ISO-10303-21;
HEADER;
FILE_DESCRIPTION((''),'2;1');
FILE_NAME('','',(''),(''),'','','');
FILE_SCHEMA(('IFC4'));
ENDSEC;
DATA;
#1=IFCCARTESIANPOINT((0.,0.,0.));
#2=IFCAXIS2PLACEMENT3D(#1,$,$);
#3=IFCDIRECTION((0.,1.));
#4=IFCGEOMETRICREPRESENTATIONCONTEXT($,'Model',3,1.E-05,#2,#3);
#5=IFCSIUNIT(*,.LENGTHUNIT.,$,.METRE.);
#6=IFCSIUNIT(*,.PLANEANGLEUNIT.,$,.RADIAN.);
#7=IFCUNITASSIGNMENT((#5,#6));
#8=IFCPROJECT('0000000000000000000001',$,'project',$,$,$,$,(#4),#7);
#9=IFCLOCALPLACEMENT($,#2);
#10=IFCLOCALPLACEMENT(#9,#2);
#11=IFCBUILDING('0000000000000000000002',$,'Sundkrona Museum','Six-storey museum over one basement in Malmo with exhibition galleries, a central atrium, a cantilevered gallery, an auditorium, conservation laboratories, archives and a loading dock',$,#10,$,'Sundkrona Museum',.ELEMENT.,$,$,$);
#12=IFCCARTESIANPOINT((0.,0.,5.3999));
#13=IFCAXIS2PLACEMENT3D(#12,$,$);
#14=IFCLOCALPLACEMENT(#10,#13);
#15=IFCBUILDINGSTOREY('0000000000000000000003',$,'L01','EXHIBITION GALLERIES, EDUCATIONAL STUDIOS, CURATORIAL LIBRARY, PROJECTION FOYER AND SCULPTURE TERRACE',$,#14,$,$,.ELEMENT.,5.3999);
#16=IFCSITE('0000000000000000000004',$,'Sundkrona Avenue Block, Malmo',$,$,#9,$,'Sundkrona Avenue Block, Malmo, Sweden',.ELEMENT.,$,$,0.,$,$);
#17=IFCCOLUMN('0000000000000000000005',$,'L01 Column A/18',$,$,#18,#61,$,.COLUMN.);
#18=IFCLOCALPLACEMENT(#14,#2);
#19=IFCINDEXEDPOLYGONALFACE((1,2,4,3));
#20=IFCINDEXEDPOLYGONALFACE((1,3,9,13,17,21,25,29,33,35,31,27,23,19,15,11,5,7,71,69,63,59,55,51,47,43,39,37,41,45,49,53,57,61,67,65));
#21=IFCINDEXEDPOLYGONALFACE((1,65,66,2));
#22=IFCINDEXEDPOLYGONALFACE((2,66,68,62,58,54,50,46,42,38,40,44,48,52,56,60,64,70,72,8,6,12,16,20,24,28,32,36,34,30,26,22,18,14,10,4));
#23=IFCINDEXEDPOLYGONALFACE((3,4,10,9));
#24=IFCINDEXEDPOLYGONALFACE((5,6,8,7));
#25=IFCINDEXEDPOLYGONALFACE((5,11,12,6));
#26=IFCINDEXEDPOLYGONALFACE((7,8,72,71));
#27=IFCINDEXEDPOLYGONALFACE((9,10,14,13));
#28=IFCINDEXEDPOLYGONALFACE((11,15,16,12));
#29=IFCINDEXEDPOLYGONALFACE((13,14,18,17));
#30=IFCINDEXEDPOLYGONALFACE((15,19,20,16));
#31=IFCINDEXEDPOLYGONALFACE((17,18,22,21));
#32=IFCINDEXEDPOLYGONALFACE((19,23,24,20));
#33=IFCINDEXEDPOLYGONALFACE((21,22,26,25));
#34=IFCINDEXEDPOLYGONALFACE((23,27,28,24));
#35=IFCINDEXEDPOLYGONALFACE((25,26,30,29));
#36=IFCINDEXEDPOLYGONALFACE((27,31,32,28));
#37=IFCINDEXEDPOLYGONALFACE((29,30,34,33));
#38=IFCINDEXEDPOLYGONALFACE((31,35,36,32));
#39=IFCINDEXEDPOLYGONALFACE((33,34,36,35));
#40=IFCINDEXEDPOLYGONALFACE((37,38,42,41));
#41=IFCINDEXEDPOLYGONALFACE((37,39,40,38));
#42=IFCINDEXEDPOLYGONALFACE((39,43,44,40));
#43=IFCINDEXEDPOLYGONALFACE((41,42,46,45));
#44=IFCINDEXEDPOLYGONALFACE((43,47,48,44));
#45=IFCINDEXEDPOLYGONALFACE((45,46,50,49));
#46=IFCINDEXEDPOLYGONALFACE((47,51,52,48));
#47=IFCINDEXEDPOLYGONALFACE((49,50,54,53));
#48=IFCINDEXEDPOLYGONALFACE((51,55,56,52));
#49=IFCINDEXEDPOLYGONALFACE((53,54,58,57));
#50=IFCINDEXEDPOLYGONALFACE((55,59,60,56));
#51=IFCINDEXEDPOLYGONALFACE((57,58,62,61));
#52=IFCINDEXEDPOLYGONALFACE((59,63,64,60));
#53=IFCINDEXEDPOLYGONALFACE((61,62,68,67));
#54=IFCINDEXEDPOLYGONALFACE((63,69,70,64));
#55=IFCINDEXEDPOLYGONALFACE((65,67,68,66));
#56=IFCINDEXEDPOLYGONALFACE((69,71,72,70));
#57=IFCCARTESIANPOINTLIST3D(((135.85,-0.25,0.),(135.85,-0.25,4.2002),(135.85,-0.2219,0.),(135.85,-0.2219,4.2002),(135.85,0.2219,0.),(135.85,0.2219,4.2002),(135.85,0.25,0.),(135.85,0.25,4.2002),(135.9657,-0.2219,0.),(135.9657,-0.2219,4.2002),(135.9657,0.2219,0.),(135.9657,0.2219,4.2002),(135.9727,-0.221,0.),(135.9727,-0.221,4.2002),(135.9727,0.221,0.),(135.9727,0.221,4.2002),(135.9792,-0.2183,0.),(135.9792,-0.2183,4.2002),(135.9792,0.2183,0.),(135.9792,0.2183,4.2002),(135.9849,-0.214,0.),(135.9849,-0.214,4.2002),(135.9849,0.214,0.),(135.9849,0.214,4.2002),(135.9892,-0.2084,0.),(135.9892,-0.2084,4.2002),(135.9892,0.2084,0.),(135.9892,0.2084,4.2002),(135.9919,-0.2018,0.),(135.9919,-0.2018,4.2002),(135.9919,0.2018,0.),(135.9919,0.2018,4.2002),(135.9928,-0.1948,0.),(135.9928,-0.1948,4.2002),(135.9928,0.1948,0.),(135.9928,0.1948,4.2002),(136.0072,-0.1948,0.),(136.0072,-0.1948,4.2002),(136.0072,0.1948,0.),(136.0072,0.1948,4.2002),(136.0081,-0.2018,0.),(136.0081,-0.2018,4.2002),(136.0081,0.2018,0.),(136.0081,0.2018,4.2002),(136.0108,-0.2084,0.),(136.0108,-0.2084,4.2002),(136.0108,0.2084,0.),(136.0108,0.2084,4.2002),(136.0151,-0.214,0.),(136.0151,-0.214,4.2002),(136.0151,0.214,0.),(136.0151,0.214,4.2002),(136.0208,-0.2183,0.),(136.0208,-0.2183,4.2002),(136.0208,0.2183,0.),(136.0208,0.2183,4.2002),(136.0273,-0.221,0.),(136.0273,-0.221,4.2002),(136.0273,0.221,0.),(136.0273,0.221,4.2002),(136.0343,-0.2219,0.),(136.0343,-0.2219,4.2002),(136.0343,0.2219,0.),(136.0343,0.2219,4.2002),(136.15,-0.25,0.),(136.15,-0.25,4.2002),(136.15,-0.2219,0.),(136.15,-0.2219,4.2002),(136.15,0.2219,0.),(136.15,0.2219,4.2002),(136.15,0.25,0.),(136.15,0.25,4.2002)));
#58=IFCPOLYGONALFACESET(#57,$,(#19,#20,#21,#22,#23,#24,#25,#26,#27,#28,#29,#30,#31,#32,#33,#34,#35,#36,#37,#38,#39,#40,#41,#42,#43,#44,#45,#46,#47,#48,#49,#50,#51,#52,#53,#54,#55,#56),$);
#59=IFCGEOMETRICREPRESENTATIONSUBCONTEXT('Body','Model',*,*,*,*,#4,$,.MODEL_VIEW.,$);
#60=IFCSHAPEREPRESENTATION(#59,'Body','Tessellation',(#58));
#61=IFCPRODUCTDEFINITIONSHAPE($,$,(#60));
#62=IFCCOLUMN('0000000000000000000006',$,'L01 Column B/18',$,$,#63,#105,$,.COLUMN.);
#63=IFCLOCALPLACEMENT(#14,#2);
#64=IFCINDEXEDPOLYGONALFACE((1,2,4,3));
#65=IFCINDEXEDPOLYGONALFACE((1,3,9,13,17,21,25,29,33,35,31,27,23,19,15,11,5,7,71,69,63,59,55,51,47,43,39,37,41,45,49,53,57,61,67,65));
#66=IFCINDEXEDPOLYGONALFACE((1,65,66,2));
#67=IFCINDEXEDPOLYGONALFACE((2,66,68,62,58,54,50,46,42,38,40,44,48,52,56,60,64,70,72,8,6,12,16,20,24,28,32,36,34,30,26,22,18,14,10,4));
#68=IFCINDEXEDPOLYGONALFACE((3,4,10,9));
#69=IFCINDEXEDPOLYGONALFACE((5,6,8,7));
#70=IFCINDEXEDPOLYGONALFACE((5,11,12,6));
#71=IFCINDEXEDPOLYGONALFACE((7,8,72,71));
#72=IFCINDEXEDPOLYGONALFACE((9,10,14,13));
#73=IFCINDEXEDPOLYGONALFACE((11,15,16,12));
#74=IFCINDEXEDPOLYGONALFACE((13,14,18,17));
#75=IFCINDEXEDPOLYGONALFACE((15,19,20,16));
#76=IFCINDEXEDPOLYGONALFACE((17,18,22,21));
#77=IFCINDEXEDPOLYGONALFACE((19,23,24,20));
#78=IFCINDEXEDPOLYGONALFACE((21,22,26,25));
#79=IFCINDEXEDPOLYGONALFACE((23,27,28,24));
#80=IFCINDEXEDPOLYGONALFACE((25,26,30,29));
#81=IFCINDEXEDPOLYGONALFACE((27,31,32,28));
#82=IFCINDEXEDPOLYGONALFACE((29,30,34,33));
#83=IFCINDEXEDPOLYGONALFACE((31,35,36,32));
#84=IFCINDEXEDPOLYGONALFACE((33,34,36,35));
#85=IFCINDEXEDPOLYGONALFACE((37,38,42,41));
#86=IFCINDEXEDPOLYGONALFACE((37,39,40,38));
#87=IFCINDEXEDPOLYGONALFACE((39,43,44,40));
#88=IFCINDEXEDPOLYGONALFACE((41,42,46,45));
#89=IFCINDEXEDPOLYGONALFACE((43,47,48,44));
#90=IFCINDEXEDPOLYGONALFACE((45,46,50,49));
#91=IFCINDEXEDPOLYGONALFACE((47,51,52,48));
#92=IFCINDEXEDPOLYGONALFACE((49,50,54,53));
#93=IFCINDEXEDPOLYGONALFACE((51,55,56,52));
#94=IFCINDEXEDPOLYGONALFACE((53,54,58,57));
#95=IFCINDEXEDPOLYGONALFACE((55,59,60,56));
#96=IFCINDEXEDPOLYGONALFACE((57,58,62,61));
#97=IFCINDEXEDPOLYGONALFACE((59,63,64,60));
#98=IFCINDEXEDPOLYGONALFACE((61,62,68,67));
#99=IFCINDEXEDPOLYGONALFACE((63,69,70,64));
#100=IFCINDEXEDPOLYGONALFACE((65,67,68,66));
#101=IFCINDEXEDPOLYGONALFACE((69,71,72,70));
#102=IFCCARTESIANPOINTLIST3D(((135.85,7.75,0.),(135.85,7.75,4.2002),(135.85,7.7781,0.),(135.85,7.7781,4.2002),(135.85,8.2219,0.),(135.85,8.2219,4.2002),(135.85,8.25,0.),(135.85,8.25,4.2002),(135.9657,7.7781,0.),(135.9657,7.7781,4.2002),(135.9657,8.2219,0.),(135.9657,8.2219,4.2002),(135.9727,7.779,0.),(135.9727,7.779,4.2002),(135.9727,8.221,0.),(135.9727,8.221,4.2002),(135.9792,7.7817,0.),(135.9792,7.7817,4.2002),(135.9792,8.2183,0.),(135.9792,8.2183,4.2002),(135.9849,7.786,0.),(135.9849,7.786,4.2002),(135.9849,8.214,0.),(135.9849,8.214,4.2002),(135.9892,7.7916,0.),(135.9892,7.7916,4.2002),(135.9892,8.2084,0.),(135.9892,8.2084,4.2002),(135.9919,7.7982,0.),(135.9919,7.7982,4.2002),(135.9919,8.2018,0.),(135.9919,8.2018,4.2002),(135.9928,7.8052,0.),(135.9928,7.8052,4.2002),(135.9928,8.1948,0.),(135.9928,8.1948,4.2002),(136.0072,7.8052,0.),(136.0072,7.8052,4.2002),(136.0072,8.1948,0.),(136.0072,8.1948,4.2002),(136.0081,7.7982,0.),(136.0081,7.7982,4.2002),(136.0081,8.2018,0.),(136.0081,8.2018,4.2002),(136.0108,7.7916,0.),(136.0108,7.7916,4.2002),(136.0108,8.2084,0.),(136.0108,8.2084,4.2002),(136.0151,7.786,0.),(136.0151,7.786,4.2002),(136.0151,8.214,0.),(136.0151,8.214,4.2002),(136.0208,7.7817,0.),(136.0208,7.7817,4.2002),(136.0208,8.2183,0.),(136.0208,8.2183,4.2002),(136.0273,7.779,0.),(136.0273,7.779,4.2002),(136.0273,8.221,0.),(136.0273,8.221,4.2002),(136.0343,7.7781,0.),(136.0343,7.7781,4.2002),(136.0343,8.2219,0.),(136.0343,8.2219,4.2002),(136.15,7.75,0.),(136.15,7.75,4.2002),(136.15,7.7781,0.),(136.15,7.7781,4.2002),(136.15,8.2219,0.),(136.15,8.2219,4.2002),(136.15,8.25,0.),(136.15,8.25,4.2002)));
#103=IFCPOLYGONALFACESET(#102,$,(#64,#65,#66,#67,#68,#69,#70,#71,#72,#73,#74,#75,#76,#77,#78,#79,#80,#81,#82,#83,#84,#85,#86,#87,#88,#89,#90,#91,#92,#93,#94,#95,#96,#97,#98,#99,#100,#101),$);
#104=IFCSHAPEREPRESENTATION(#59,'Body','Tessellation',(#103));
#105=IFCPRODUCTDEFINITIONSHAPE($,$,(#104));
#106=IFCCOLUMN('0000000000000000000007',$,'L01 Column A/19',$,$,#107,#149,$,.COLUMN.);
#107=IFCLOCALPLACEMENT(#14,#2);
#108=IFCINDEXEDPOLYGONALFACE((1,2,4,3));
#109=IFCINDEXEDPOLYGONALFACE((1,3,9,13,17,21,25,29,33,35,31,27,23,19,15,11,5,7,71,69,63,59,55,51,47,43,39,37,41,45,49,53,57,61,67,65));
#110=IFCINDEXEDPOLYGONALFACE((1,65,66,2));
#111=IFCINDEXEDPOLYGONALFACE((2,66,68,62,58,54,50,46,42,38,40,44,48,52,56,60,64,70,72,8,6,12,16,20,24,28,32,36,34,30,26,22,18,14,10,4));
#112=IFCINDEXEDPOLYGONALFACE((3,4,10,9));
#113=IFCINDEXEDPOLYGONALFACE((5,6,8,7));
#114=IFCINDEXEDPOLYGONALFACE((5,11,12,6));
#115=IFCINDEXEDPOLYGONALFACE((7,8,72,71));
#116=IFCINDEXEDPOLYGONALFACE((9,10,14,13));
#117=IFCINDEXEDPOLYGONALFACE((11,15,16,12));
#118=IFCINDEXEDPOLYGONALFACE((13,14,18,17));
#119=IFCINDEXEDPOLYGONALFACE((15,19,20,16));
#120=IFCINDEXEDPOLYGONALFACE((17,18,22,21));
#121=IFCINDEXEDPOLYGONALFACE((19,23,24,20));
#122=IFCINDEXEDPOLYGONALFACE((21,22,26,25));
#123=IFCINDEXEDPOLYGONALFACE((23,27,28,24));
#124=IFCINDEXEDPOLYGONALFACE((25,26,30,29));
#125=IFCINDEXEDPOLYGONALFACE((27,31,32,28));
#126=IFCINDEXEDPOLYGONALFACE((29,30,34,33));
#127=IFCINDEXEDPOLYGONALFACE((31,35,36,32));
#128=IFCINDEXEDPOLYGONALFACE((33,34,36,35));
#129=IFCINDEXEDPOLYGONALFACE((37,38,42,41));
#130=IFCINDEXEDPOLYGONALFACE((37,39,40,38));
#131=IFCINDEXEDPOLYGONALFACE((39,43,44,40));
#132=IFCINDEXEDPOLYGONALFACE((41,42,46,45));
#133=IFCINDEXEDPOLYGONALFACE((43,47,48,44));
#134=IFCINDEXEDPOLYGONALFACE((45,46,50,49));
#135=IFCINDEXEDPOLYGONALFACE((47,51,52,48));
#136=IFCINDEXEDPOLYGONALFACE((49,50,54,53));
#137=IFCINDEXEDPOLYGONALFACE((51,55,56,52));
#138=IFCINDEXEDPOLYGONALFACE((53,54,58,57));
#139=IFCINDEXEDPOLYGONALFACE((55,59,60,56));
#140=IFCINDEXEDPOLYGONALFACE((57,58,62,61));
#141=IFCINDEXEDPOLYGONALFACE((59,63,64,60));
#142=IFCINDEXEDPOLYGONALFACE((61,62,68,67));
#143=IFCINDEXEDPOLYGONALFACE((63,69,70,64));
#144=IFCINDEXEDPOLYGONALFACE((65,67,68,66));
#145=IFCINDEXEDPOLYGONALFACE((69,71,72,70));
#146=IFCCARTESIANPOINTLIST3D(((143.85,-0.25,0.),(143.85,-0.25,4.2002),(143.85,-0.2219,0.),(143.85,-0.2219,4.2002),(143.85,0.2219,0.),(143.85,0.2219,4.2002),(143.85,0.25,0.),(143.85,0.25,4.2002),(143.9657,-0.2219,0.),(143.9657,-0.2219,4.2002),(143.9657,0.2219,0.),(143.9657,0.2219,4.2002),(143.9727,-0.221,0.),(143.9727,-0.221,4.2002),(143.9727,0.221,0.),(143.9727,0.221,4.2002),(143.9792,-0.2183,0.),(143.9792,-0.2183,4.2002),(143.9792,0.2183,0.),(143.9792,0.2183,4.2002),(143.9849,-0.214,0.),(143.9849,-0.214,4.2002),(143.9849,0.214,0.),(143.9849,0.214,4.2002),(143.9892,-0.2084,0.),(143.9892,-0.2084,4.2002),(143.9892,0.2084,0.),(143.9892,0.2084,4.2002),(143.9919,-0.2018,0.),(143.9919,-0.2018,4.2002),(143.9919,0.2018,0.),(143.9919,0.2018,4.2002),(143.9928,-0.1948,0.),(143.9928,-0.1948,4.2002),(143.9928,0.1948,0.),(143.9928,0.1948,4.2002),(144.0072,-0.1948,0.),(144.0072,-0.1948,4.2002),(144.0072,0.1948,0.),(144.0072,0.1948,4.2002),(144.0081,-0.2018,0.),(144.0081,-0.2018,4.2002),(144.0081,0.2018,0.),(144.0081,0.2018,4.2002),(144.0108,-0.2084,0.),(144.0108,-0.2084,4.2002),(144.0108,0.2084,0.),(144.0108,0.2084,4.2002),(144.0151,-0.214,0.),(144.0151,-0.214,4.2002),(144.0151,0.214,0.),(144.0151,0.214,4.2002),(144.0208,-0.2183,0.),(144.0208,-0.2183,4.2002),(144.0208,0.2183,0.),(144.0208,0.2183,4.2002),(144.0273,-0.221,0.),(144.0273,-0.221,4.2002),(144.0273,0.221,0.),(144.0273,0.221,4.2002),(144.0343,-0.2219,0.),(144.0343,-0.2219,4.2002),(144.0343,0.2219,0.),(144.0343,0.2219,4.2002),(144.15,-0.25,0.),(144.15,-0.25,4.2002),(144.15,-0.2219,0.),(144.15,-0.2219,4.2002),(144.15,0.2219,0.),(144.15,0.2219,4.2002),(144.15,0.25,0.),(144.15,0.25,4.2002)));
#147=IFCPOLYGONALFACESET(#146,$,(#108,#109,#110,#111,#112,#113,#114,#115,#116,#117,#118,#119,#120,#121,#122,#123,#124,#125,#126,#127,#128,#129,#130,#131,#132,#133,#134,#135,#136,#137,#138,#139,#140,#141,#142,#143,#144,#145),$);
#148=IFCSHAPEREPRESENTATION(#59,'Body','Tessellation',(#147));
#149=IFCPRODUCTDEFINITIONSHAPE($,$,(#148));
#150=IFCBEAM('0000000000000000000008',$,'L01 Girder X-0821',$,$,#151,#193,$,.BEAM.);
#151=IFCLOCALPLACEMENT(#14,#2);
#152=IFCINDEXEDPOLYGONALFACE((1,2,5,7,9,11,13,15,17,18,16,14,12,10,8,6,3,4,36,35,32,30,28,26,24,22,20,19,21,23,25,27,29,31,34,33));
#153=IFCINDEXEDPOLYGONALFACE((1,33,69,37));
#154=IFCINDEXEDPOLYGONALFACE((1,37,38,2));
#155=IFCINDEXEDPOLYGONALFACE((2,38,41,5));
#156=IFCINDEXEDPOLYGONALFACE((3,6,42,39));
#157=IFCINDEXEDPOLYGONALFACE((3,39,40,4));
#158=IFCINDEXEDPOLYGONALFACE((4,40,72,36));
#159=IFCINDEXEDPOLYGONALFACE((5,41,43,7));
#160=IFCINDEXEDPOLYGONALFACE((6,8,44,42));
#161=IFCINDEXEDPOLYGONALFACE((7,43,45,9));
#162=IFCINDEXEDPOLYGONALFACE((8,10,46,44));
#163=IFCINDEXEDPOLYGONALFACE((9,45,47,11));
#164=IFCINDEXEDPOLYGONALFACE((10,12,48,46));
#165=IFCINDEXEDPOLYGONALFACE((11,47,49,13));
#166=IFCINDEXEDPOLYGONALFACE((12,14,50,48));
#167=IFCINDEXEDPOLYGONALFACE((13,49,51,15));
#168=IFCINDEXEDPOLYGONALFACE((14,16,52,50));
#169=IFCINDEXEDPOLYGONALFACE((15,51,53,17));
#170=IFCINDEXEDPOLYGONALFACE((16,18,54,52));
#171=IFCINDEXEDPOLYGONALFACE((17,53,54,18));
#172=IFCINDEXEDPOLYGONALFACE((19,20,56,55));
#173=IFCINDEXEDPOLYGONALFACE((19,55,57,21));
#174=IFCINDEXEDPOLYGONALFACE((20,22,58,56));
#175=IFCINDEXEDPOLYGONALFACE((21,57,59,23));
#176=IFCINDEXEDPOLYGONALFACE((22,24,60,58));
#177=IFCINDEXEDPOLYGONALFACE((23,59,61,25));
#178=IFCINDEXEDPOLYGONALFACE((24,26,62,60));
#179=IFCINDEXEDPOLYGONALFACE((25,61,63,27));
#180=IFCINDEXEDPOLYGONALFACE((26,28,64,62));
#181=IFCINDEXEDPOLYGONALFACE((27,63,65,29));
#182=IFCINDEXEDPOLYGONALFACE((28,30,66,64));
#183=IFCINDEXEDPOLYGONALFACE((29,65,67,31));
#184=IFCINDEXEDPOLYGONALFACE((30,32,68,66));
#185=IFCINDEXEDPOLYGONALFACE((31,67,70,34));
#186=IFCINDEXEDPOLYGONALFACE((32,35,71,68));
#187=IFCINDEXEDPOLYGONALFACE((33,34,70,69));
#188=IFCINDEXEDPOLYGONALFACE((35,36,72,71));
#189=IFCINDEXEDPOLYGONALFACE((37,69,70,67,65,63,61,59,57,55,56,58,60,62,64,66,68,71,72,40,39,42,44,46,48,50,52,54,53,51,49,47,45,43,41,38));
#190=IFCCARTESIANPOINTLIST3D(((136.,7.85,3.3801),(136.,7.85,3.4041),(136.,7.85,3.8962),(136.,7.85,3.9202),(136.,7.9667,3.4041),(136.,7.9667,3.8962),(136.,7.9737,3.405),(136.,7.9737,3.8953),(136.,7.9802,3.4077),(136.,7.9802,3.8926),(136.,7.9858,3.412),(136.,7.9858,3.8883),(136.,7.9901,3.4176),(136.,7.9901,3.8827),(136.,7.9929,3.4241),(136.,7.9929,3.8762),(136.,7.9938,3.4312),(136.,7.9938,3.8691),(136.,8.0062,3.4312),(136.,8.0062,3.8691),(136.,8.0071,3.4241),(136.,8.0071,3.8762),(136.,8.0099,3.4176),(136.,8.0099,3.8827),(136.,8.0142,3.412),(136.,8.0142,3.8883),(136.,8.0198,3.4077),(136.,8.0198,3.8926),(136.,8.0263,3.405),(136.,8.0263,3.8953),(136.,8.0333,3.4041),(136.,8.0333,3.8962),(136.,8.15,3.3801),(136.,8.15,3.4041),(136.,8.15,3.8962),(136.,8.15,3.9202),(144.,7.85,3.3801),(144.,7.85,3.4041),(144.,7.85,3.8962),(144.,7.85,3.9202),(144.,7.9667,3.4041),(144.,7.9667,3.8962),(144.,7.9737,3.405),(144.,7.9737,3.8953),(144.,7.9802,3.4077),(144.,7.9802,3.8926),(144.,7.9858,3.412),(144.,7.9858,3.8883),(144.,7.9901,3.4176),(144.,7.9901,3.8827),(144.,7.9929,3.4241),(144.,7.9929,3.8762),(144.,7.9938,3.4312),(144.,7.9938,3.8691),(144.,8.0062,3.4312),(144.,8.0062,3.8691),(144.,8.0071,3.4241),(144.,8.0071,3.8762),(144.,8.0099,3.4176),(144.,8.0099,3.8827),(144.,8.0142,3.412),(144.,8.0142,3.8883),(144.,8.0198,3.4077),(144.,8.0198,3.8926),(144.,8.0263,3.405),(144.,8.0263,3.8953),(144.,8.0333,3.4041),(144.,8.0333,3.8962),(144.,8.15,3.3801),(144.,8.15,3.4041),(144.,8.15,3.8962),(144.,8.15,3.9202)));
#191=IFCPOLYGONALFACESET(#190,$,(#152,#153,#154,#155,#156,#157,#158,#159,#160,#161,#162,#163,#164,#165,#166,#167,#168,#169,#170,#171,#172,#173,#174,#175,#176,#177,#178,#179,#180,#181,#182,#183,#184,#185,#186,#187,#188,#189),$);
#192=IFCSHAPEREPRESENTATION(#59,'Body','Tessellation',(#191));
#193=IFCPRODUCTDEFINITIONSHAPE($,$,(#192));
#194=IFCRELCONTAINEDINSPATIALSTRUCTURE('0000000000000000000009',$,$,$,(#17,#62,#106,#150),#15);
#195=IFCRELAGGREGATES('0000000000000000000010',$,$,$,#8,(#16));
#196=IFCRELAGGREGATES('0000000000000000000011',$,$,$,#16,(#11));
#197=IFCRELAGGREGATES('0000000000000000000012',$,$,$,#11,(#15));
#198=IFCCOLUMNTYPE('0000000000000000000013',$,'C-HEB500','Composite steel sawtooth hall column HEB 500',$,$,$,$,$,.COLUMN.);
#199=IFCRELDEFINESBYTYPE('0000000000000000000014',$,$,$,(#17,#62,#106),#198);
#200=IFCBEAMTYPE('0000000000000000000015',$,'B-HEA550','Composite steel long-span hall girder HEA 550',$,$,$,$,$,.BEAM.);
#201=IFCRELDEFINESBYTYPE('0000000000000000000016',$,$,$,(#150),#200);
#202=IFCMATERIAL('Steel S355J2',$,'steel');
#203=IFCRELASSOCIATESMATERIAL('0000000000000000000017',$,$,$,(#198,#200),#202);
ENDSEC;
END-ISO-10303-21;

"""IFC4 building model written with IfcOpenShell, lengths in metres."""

from ifc_helpers import new_model, si_unit, direction, frame, origin, origin_2d, place, context, subcontext, project, spatial, i_section, extrude, material, material_profile, profile_set, type_object, element, save


model = new_model("IFC4")

# Units and contexts
model_context = context("Model", 3, precision=1e-05, world=origin(), true_north=direction((0.0, 1.0)))
body_context = subcontext(model_context, "Body", "Model", "MODEL_VIEW")
ifc_project = project(units=[si_unit("LENGTHUNIT", "METRE"), si_unit("PLANEANGLEUNIT", "RADIAN")], contexts=[model_context])

# Site, building, storey
site_placement = place(None, origin())
site = spatial("IfcSite", under=ifc_project, at=site_placement, Name="Sundkrona Avenue Block, Malmo", LongName="Sundkrona Avenue Block, Malmo, Sweden", CompositionType="ELEMENT", RefElevation=0.0)
building_placement = place(site_placement, origin())
building = spatial("IfcBuilding", under=site, at=building_placement, Name="Sundkrona Museum", Description="Six-storey museum over one basement in Malmo with exhibition galleries, a central atrium, a cantilevered gallery, an auditorium, conservation laboratories, archives and a loading dock", LongName="Sundkrona Museum", CompositionType="ELEMENT")
storey_placement = place(building_placement, frame((0.0, 0.0, 5.3999)))
storey = spatial("IfcBuildingStorey", under=building, at=storey_placement, Name="L01", Description="EXHIBITION GALLERIES, EDUCATIONAL STUDIOS, CURATORIAL LIBRARY, PROJECTION FOYER AND SCULPTURE TERRACE", CompositionType="ELEMENT", Elevation=5.3999)

# Columns
ifc_material_1 = material(Name="Steel S355J2", Category="steel")
ifc_material_profile_1 = material_profile(ifc_material_1, i_section(OverallWidth=0.3, OverallDepth=0.5, WebThickness=0.0144, FlangeThickness=0.0281, FilletRadius=0.0271, at=origin_2d()), Name="HEB 500")
ifc_profile_set_1 = profile_set([ifc_material_profile_1], Name="Steel S355J2")
column_type = type_object("IfcColumnType", Name="C-HEB500", Description="Composite steel sawtooth hall column HEB 500", PredefinedType="COLUMN", material=ifc_profile_set_1)
for number, where, z_axis, x_axis, name in (
    (1, (136.0, 0.0, 0.0), (0.0, 0.0, 1.0), (1.0, 0.0, 0.0), "L01 Column A/18"),
    (2, (136.0, 8.0, 0.0), (0.0, 0.0, 1.0), (1.0, 0.0, 0.0), "L01 Column B/18"),
    (3, (144.0, 0.0, 0.0), (0.0, 0.0, 1.0), (1.0, 0.0, 0.0), "L01 Column A/19"),
):
    element("IfcColumn", number, at=place(storey_placement, frame(where, z_axis=z_axis, x_axis=x_axis)), inside=storey, type_object=column_type, Name=name, PredefinedType="COLUMN", context=body_context, shape_type="SweptSolid", body=[
        extrude(i_section(OverallWidth=0.3, OverallDepth=0.5, WebThickness=0.0144, FlangeThickness=0.0281, FilletRadius=0.0271, at=origin_2d()), origin(), (0.0, 0.0, 1.0), 4.2002),
    ])

# Beam
ifc_material_profile_2 = material_profile(ifc_material_1, i_section(OverallWidth=0.3, OverallDepth=0.54, WebThickness=0.0125, FlangeThickness=0.0239, FilletRadius=0.0271, at=origin_2d()), Name="HEA 550")
ifc_profile_set_2 = profile_set([ifc_material_profile_2], Name="Steel S355J2")
beam_type = type_object("IfcBeamType", Name="B-HEA550", Description="Composite steel long-span hall girder HEA 550", PredefinedType="BEAM", material=ifc_profile_set_2)
beam_placement = place(storey_placement, frame((136.0, 8.0, 3.6501), z_axis=(1.0, 0.0, 0.0), x_axis=(0.0, 1.0, 0.0)))
element("IfcBeam", 4, at=beam_placement, inside=storey, type_object=beam_type, Name="L01 Girder X-0821", PredefinedType="BEAM", context=body_context, shape_type="SweptSolid", body=[
    extrude(i_section(OverallWidth=0.3, OverallDepth=0.54, WebThickness=0.0125, FlangeThickness=0.0239, FilletRadius=0.0271, at=origin_2d()), origin(), (0.0, 0.0, 1.0), 8.0),
])

save(model, "model.ifc")
